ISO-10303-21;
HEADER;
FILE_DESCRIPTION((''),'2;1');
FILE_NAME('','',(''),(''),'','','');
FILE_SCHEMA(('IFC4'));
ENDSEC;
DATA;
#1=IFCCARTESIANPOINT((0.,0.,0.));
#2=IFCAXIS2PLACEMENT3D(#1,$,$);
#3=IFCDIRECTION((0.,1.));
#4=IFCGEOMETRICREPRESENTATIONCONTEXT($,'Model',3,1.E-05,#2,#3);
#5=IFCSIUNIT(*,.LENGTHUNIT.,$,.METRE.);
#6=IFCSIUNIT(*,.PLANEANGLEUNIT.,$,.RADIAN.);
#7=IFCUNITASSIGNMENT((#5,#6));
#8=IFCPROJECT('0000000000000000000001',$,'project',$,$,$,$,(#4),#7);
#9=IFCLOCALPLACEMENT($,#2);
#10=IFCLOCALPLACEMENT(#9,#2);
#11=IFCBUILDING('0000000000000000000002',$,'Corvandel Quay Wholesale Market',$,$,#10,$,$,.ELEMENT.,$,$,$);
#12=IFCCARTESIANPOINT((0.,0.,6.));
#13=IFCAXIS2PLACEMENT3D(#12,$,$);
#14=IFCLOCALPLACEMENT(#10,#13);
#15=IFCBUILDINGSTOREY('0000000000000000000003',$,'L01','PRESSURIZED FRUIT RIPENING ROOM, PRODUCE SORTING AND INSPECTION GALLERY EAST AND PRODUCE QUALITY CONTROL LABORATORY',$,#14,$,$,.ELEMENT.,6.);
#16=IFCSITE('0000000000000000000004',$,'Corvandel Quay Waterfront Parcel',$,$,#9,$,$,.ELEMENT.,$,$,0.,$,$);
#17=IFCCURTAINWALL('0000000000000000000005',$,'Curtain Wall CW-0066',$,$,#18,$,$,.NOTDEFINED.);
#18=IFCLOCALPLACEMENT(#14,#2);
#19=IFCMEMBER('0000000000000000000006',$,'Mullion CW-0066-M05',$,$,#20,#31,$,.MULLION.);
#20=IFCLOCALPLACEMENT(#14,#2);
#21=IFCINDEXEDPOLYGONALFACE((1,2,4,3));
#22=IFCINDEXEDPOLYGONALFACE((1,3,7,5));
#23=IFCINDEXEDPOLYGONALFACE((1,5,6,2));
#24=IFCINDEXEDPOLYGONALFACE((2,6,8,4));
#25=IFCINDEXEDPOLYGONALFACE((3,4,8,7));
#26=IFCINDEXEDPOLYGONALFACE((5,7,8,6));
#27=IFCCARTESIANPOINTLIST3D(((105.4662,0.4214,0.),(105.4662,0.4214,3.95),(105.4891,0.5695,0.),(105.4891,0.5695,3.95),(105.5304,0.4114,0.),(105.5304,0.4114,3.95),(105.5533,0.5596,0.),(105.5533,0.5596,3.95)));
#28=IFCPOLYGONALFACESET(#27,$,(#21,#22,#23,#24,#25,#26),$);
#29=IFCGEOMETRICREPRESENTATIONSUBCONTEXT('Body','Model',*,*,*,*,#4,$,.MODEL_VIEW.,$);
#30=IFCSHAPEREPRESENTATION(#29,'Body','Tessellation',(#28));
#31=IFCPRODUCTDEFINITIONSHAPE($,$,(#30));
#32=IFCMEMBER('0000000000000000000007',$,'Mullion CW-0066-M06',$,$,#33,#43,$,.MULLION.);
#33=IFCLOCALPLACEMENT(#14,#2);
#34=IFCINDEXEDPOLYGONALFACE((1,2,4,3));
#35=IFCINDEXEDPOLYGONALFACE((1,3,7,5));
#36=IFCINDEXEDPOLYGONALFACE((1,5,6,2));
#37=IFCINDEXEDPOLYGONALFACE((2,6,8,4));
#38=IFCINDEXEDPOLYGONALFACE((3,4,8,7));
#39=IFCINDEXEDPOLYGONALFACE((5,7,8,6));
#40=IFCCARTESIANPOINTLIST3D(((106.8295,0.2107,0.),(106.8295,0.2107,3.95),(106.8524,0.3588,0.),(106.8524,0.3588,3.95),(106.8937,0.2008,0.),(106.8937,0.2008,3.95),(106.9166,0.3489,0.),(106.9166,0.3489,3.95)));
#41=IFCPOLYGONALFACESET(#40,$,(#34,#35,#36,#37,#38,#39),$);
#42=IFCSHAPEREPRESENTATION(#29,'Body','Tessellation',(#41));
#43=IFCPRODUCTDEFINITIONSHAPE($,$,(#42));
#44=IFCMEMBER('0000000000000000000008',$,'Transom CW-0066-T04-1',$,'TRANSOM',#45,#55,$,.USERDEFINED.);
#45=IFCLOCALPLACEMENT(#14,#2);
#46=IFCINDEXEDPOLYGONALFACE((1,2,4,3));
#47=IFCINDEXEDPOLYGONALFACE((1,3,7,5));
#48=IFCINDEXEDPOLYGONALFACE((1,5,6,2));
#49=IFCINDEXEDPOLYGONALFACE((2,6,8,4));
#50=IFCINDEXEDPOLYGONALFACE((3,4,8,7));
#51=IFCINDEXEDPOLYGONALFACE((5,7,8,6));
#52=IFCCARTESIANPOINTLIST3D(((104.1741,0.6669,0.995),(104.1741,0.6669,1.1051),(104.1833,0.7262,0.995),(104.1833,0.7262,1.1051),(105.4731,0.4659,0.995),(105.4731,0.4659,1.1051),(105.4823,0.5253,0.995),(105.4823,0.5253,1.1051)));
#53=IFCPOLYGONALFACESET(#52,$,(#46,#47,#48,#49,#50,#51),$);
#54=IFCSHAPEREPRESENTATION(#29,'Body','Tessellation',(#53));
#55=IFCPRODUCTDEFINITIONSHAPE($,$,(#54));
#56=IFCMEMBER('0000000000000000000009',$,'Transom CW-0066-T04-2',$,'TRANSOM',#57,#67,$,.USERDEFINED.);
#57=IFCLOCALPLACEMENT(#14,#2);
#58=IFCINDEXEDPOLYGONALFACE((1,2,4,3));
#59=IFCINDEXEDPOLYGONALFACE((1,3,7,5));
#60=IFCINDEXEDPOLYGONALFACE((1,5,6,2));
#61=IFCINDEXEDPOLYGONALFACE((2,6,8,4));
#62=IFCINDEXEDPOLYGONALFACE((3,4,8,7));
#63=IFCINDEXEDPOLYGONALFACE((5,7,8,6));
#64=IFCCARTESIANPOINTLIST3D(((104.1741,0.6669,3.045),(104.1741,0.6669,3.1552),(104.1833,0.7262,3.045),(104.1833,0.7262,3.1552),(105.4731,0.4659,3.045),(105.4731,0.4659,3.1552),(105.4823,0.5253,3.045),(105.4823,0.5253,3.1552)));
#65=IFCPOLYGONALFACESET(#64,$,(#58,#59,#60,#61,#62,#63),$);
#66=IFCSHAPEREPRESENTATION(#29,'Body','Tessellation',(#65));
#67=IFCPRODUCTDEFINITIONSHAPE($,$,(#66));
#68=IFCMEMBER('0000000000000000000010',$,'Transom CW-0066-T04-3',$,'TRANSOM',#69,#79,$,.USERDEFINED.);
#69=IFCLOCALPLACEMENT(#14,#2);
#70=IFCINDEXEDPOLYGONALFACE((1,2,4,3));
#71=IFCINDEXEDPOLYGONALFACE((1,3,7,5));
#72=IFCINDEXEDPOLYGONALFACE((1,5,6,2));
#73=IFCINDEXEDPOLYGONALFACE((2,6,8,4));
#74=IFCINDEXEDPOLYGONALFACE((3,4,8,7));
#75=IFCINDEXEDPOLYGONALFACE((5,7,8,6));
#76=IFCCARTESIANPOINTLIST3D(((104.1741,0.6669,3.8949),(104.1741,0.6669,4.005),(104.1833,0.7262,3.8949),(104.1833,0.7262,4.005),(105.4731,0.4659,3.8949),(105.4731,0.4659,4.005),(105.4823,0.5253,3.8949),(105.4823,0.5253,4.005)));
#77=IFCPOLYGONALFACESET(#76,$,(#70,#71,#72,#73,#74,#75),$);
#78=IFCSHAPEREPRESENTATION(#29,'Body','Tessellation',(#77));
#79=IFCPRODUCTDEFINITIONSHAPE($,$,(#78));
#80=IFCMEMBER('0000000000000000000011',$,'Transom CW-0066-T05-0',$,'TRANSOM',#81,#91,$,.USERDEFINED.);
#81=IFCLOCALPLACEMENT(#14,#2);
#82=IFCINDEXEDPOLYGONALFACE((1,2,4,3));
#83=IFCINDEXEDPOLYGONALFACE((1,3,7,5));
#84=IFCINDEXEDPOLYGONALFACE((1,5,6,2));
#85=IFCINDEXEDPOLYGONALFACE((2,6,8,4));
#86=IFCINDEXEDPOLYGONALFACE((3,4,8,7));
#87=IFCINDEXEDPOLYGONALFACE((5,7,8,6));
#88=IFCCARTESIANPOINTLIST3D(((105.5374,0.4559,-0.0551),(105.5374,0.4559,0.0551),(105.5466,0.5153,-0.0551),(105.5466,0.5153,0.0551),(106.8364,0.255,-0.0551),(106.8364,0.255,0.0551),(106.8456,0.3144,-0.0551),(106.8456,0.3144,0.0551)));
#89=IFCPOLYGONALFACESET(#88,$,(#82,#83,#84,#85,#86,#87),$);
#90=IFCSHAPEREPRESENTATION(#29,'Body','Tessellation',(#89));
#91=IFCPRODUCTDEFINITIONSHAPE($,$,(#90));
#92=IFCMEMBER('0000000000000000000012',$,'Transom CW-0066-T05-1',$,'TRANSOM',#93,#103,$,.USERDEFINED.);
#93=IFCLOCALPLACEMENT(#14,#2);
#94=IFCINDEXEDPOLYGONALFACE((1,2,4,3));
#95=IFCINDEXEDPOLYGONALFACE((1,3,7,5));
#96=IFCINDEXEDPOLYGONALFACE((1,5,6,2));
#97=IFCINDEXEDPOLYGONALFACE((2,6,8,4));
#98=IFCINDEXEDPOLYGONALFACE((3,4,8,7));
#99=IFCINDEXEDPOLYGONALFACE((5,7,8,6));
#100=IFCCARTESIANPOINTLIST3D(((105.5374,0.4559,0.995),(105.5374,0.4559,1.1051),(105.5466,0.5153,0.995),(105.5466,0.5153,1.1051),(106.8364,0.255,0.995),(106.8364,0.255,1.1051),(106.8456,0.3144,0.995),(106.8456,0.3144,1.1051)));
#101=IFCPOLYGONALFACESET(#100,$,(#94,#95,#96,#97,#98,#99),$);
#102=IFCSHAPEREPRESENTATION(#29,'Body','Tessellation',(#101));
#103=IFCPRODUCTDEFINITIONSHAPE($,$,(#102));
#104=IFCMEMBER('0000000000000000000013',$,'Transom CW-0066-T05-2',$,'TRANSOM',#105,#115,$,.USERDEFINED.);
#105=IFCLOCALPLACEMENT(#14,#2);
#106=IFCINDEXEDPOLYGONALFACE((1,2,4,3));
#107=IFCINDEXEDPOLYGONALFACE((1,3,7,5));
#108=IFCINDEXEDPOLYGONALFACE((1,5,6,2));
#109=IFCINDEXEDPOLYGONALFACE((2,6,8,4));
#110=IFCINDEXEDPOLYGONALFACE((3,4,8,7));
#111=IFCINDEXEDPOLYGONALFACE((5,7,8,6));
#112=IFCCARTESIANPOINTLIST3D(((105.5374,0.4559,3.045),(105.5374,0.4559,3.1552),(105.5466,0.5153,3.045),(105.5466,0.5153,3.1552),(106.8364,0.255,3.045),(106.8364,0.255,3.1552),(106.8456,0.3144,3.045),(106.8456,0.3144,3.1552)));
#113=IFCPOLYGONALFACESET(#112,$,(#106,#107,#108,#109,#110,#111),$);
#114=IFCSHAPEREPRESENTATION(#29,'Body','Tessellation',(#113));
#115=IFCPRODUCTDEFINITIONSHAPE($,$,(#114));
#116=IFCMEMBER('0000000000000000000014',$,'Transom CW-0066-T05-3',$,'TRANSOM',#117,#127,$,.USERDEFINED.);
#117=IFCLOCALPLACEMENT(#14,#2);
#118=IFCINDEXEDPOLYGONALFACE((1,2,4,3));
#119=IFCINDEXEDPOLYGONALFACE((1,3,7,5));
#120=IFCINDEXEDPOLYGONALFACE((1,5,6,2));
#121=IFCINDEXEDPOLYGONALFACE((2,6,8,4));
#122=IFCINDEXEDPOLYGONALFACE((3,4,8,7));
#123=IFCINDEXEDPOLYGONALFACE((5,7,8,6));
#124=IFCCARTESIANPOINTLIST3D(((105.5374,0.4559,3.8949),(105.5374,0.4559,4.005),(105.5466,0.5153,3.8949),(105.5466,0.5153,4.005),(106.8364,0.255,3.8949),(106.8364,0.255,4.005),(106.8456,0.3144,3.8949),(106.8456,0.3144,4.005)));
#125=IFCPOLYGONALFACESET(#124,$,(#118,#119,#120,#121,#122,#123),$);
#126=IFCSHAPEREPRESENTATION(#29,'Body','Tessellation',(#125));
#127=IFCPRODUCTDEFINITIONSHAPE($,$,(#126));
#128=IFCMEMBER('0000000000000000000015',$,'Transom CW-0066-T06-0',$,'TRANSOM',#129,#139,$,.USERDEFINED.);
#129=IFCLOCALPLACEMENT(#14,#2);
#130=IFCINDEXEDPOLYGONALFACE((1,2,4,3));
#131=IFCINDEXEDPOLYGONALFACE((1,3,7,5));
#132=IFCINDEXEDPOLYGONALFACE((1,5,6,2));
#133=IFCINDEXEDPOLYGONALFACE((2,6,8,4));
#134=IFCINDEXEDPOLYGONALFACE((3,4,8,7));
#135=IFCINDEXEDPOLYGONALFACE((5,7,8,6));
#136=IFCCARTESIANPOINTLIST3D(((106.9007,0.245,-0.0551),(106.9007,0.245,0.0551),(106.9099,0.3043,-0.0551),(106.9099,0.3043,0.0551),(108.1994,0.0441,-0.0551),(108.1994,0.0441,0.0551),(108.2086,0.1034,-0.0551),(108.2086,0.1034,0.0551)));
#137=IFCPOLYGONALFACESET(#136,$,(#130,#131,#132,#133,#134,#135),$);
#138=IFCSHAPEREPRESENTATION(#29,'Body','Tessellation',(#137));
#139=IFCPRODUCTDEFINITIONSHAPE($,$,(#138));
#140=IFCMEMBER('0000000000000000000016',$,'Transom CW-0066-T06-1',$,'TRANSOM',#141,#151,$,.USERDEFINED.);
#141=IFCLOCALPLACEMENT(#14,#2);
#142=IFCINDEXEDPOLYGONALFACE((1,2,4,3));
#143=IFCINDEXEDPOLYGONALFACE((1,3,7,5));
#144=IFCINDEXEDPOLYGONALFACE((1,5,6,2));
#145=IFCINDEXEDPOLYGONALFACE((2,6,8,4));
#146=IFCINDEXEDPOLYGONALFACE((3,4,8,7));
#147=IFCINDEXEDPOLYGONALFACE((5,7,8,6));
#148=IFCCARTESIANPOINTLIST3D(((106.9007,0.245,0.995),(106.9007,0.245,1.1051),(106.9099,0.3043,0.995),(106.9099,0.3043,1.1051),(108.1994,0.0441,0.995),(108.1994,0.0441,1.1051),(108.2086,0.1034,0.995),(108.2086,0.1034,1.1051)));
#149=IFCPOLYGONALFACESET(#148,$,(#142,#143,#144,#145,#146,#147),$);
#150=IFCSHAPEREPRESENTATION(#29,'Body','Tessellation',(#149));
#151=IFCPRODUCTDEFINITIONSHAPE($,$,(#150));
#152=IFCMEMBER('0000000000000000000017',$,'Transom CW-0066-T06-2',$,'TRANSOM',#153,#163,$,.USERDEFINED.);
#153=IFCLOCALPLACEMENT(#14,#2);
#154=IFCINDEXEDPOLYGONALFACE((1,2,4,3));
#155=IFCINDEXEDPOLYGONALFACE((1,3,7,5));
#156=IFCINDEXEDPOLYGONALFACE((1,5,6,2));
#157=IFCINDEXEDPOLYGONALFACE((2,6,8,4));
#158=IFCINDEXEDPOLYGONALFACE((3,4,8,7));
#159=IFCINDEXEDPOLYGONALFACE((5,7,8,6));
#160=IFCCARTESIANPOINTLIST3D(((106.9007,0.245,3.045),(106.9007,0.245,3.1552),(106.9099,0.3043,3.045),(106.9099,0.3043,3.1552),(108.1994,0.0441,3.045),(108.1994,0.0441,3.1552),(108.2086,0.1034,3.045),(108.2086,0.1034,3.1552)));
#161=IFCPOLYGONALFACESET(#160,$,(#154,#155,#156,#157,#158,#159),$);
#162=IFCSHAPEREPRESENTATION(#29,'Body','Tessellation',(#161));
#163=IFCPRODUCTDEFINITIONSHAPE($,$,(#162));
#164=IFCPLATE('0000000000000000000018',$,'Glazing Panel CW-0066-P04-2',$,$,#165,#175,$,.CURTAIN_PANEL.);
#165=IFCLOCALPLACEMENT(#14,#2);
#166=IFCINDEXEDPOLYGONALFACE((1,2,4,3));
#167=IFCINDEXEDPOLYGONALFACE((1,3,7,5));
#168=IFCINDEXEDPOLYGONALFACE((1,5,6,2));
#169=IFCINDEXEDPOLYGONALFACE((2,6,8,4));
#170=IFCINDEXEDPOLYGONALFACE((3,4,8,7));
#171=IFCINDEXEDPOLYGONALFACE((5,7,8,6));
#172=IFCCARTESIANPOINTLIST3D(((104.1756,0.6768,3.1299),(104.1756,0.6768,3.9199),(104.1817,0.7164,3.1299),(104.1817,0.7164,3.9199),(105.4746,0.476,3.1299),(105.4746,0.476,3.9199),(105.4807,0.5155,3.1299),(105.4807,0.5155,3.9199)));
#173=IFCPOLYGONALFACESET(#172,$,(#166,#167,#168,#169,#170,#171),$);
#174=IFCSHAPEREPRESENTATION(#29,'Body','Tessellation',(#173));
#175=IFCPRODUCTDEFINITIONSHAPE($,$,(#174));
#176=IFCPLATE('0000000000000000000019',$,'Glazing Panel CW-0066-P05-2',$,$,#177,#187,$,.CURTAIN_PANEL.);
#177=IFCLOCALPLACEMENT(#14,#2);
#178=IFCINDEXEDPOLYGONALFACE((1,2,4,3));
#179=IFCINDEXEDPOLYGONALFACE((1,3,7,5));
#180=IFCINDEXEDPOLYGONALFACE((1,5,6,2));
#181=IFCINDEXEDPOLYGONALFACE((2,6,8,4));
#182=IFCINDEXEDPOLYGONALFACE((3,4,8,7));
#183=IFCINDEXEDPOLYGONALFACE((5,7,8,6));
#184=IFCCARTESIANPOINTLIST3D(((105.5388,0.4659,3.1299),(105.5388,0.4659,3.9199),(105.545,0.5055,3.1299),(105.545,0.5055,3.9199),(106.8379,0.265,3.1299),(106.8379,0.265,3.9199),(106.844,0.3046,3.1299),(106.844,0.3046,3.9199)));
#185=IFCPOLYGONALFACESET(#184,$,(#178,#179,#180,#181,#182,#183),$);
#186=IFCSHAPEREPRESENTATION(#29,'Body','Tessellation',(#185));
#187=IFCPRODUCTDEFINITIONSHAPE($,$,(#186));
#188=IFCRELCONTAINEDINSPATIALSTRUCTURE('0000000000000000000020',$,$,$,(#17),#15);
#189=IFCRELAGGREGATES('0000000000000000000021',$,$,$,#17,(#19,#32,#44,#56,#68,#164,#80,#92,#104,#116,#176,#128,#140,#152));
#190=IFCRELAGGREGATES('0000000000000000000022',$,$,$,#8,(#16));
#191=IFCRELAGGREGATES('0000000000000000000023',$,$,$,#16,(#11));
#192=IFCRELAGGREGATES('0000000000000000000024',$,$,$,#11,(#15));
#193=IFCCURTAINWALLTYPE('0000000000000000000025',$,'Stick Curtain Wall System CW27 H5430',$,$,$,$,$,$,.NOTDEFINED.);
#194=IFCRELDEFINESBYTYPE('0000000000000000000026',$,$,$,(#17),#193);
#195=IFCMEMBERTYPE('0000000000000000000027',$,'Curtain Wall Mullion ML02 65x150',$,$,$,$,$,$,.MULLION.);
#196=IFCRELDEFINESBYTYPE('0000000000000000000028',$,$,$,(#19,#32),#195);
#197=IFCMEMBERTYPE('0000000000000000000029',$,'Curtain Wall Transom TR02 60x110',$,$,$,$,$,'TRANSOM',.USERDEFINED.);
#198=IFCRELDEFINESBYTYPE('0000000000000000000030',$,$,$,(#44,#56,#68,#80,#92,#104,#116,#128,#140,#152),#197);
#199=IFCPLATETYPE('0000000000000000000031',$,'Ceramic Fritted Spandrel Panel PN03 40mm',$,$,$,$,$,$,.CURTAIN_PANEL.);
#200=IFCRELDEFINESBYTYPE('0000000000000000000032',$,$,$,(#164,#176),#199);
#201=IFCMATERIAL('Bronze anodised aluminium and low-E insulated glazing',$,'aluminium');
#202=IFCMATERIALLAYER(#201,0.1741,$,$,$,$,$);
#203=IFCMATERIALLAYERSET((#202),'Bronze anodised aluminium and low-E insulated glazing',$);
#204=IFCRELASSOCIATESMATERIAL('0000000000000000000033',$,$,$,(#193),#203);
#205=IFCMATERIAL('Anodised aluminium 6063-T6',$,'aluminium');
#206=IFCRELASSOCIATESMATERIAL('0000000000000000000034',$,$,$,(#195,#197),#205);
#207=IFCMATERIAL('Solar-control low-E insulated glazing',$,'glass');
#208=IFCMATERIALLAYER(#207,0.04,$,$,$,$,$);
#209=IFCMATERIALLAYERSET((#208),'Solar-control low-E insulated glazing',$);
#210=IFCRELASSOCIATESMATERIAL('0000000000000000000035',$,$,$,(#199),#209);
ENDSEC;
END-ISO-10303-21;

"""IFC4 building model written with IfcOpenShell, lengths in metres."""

from ifc_helpers import new_model, si_unit, direction, frame, origin, origin_2d, place, context, subcontext, project, spatial, rectangle, extrude, material, layer, layer_set, material_profile, profile_set, type_object, element, aggregate, save


model = new_model("IFC4")

# Units and contexts
model_context = context("Model", 3, precision=1e-05, world=origin(), true_north=direction((0.0, 1.0)))
body_context = subcontext(model_context, "Body", "Model", "MODEL_VIEW")
ifc_project = project(units=[si_unit("LENGTHUNIT", "METRE"), si_unit("PLANEANGLEUNIT", "RADIAN")], contexts=[model_context])

# Site, building, storey
site_placement = place(None, origin())
site = spatial("IfcSite", under=ifc_project, at=site_placement, Name="Corvandel Quay Waterfront Parcel", CompositionType="ELEMENT", RefElevation=0.0)
building_placement = place(site_placement, origin())
building = spatial("IfcBuilding", under=site, at=building_placement, Name="Corvandel Quay Wholesale Market", CompositionType="ELEMENT")
storey_placement = place(building_placement, frame((0.0, 0.0, 6.0)))
storey = spatial("IfcBuildingStorey", under=building, at=storey_placement, Name="L01", Description="PRESSURIZED FRUIT RIPENING ROOM, PRODUCE SORTING AND INSPECTION GALLERY EAST AND PRODUCE QUALITY CONTROL LABORATORY", CompositionType="ELEMENT", Elevation=6.0)

# Curtain wall, members, plates
ifc_material_1 = material(Name="Bronze anodised aluminium and low-E insulated glazing", Category="aluminium")
ifc_layer_1 = layer(ifc_material_1, 0.1741)
ifc_layer_set_1 = layer_set([ifc_layer_1], Name="Bronze anodised aluminium and low-E insulated glazing")
curtain_wall_type = type_object("IfcCurtainWallType", Name="Stick Curtain Wall System CW27 H5430", PredefinedType="NOTDEFINED", material=ifc_layer_set_1)
curtain_wall_placement = place(storey_placement, origin())
curtain_wall = element("IfcCurtainWall", 1, at=curtain_wall_placement, inside=storey, type_object=curtain_wall_type, Name="Curtain Wall CW-0066", PredefinedType="NOTDEFINED")
ifc_material_2 = material(Name="Anodised aluminium 6063-T6", Category="aluminium")
ifc_material_profile_1 = material_profile(ifc_material_2, rectangle(XDim=0.0649, YDim=0.1499, at=origin_2d()), Name="ALU-MUL-65x150")
ifc_profile_set_1 = profile_set([ifc_material_profile_1], Name="Anodised aluminium 6063-T6")
member_type_1 = type_object("IfcMemberType", Name="Curtain Wall Mullion ML02 65x150", PredefinedType="MULLION", material=ifc_profile_set_1)
member_1_placement = place(storey_placement, frame((105.5098, 0.4905, 0.0), z_axis=(0.0, 0.0, 1.0), x_axis=(-0.988255, 0.152813, 0.0)))
member_1 = element("IfcMember", 2, at=member_1_placement, type_object=member_type_1, Name="Mullion CW-0066-M05", PredefinedType="MULLION", context=body_context, shape_type="SweptSolid", body=[
    extrude(rectangle(XDim=0.0649, YDim=0.1499, at=origin_2d()), origin(), (0.0, 0.0, 1.0), 3.95),
])
member_2_placement = place(storey_placement, frame((106.873, 0.2798, 0.0), z_axis=(0.0, 0.0, 1.0), x_axis=(-0.988255, 0.152813, 0.0)))
member_2 = element("IfcMember", 3, at=member_2_placement, type_object=member_type_1, Name="Mullion CW-0066-M06", PredefinedType="MULLION", context=body_context, shape_type="SweptSolid", body=[
    extrude(rectangle(XDim=0.0649, YDim=0.1499, at=origin_2d()), origin(), (0.0, 0.0, 1.0), 3.95),
])
ifc_material_profile_2 = material_profile(ifc_material_2, rectangle(XDim=0.0601, YDim=0.1101, at=origin_2d()), Name="ALU-TRN-60x110")
ifc_profile_set_2 = profile_set([ifc_material_profile_2], Name="Anodised aluminium 6063-T6")
member_type_2 = type_object("IfcMemberType", Name="Curtain Wall Transom TR02 60x110", ElementType="TRANSOM", PredefinedType="USERDEFINED", material=ifc_profile_set_2)
member_3_placement = place(storey_placement, frame((104.1787, 0.6965, 1.05), z_axis=(0.988249, -0.152853, 0.0), x_axis=(0.152853, 0.988249, 0.0)))
member_3 = element("IfcMember", 4, at=member_3_placement, type_object=member_type_2, Name="Transom CW-0066-T04-1", ObjectType="TRANSOM", PredefinedType="USERDEFINED", context=body_context, shape_type="SweptSolid", body=[
    extrude(rectangle(XDim=0.0601, YDim=0.1101, at=origin_2d()), origin(), (0.0, 0.0, 1.0), 1.3145),
])
member_4_placement = place(storey_placement, frame((104.1787, 0.6965, 3.1001), z_axis=(0.988249, -0.152853, 0.0), x_axis=(0.152853, 0.988249, 0.0)))
member_4 = element("IfcMember", 5, at=member_4_placement, type_object=member_type_2, Name="Transom CW-0066-T04-2", ObjectType="TRANSOM", PredefinedType="USERDEFINED", context=body_context, shape_type="SweptSolid", body=[
    extrude(rectangle(XDim=0.0601, YDim=0.1101, at=origin_2d()), origin(), (0.0, 0.0, 1.0), 1.3145),
])
member_5_placement = place(storey_placement, frame((104.1787, 0.6965, 3.95), z_axis=(0.988249, -0.152853, 0.0), x_axis=(0.152853, 0.988249, 0.0)))
member_5 = element("IfcMember", 6, at=member_5_placement, type_object=member_type_2, Name="Transom CW-0066-T04-3", ObjectType="TRANSOM", PredefinedType="USERDEFINED", context=body_context, shape_type="SweptSolid", body=[
    extrude(rectangle(XDim=0.0601, YDim=0.1101, at=origin_2d()), origin(), (0.0, 0.0, 1.0), 1.3145),
])
member_6_placement = place(storey_placement, frame((105.542, 0.4856, 0.0), z_axis=(0.988249, -0.152853, 0.0), x_axis=(0.152853, 0.988249, 0.0)))
member_6 = element("IfcMember", 7, at=member_6_placement, type_object=member_type_2, Name="Transom CW-0066-T05-0", ObjectType="TRANSOM", PredefinedType="USERDEFINED", context=body_context, shape_type="SweptSolid", body=[
    extrude(rectangle(XDim=0.0601, YDim=0.1101, at=origin_2d()), origin(), (0.0, 0.0, 1.0), 1.3145),
])
member_7_placement = place(storey_placement, frame((105.542, 0.4856, 1.05), z_axis=(0.988249, -0.152853, 0.0), x_axis=(0.152853, 0.988249, 0.0)))
member_7 = element("IfcMember", 8, at=member_7_placement, type_object=member_type_2, Name="Transom CW-0066-T05-1", ObjectType="TRANSOM", PredefinedType="USERDEFINED", context=body_context, shape_type="SweptSolid", body=[
    extrude(rectangle(XDim=0.0601, YDim=0.1101, at=origin_2d()), origin(), (0.0, 0.0, 1.0), 1.3145),
])
member_8_placement = place(storey_placement, frame((105.542, 0.4856, 3.1001), z_axis=(0.988249, -0.152853, 0.0), x_axis=(0.152853, 0.988249, 0.0)))
member_8 = element("IfcMember", 9, at=member_8_placement, type_object=member_type_2, Name="Transom CW-0066-T05-2", ObjectType="TRANSOM", PredefinedType="USERDEFINED", context=body_context, shape_type="SweptSolid", body=[
    extrude(rectangle(XDim=0.0601, YDim=0.1101, at=origin_2d()), origin(), (0.0, 0.0, 1.0), 1.3145),
])
member_9_placement = place(storey_placement, frame((105.542, 0.4856, 3.95), z_axis=(0.988249, -0.152853, 0.0), x_axis=(0.152853, 0.988249, 0.0)))
member_9 = element("IfcMember", 10, at=member_9_placement, type_object=member_type_2, Name="Transom CW-0066-T05-3", ObjectType="TRANSOM", PredefinedType="USERDEFINED", context=body_context, shape_type="SweptSolid", body=[
    extrude(rectangle(XDim=0.0601, YDim=0.1101, at=origin_2d()), origin(), (0.0, 0.0, 1.0), 1.3145),
])
member_10_placement = place(storey_placement, frame((106.9053, 0.2747, 0.0), z_axis=(0.988245, -0.152881, 0.0), x_axis=(0.152881, 0.988245, 0.0)))
member_10 = element("IfcMember", 11, at=member_10_placement, type_object=member_type_2, Name="Transom CW-0066-T06-0", ObjectType="TRANSOM", PredefinedType="USERDEFINED", context=body_context, shape_type="SweptSolid", body=[
    extrude(rectangle(XDim=0.0601, YDim=0.1101, at=origin_2d()), origin(), (0.0, 0.0, 1.0), 1.3142),
])
member_11_placement = place(storey_placement, frame((106.9053, 0.2747, 1.05), z_axis=(0.988245, -0.152881, 0.0), x_axis=(0.152881, 0.988245, 0.0)))
member_11 = element("IfcMember", 12, at=member_11_placement, type_object=member_type_2, Name="Transom CW-0066-T06-1", ObjectType="TRANSOM", PredefinedType="USERDEFINED", context=body_context, shape_type="SweptSolid", body=[
    extrude(rectangle(XDim=0.0601, YDim=0.1101, at=origin_2d()), origin(), (0.0, 0.0, 1.0), 1.3142),
])
member_12_placement = place(storey_placement, frame((106.9053, 0.2747, 3.1001), z_axis=(0.988245, -0.152881, 0.0), x_axis=(0.152881, 0.988245, 0.0)))
member_12 = element("IfcMember", 13, at=member_12_placement, type_object=member_type_2, Name="Transom CW-0066-T06-2", ObjectType="TRANSOM", PredefinedType="USERDEFINED", context=body_context, shape_type="SweptSolid", body=[
    extrude(rectangle(XDim=0.0601, YDim=0.1101, at=origin_2d()), origin(), (0.0, 0.0, 1.0), 1.3142),
])
ifc_material_3 = material(Name="Solar-control low-E insulated glazing", Category="glass")
ifc_layer_2 = layer(ifc_material_3, 0.04)
ifc_layer_set_2 = layer_set([ifc_layer_2], Name="Solar-control low-E insulated glazing")
plate_type_1 = type_object("IfcPlateType", Name="Ceramic Fritted Spandrel Panel PN03 40mm", PredefinedType="CURTAIN_PANEL", material=ifc_layer_set_2)
plate_1_placement = place(storey_placement, frame((104.8281, 0.5962, 3.1299), z_axis=(0.0, 0.0, 1.0), x_axis=(-0.988255, 0.152813, 0.0)))
plate_1 = element("IfcPlate", 14, at=plate_1_placement, type_object=plate_type_1, Name="Glazing Panel CW-0066-P04-2", PredefinedType="CURTAIN_PANEL", context=body_context, shape_type="SweptSolid", body=[
    extrude(rectangle(XDim=1.3145, YDim=0.04, at=origin_2d()), origin(), (0.0, 0.0, 1.0), 0.79),
])
plate_2_placement = place(storey_placement, frame((106.1914, 0.3853, 3.1299), z_axis=(0.0, 0.0, 1.0), x_axis=(-0.988255, 0.152813, 0.0)))
plate_2 = element("IfcPlate", 15, at=plate_2_placement, type_object=plate_type_1, Name="Glazing Panel CW-0066-P05-2", PredefinedType="CURTAIN_PANEL", context=body_context, shape_type="SweptSolid", body=[
    extrude(rectangle(XDim=1.3145, YDim=0.04, at=origin_2d()), origin(), (0.0, 0.0, 1.0), 0.79),
])
aggregate(curtain_wall, [member_1, member_2, member_3, member_4, member_5, plate_1, member_6, member_7, member_8, member_9, plate_2, member_10, member_11, member_12])

save(model, "model.ifc")
